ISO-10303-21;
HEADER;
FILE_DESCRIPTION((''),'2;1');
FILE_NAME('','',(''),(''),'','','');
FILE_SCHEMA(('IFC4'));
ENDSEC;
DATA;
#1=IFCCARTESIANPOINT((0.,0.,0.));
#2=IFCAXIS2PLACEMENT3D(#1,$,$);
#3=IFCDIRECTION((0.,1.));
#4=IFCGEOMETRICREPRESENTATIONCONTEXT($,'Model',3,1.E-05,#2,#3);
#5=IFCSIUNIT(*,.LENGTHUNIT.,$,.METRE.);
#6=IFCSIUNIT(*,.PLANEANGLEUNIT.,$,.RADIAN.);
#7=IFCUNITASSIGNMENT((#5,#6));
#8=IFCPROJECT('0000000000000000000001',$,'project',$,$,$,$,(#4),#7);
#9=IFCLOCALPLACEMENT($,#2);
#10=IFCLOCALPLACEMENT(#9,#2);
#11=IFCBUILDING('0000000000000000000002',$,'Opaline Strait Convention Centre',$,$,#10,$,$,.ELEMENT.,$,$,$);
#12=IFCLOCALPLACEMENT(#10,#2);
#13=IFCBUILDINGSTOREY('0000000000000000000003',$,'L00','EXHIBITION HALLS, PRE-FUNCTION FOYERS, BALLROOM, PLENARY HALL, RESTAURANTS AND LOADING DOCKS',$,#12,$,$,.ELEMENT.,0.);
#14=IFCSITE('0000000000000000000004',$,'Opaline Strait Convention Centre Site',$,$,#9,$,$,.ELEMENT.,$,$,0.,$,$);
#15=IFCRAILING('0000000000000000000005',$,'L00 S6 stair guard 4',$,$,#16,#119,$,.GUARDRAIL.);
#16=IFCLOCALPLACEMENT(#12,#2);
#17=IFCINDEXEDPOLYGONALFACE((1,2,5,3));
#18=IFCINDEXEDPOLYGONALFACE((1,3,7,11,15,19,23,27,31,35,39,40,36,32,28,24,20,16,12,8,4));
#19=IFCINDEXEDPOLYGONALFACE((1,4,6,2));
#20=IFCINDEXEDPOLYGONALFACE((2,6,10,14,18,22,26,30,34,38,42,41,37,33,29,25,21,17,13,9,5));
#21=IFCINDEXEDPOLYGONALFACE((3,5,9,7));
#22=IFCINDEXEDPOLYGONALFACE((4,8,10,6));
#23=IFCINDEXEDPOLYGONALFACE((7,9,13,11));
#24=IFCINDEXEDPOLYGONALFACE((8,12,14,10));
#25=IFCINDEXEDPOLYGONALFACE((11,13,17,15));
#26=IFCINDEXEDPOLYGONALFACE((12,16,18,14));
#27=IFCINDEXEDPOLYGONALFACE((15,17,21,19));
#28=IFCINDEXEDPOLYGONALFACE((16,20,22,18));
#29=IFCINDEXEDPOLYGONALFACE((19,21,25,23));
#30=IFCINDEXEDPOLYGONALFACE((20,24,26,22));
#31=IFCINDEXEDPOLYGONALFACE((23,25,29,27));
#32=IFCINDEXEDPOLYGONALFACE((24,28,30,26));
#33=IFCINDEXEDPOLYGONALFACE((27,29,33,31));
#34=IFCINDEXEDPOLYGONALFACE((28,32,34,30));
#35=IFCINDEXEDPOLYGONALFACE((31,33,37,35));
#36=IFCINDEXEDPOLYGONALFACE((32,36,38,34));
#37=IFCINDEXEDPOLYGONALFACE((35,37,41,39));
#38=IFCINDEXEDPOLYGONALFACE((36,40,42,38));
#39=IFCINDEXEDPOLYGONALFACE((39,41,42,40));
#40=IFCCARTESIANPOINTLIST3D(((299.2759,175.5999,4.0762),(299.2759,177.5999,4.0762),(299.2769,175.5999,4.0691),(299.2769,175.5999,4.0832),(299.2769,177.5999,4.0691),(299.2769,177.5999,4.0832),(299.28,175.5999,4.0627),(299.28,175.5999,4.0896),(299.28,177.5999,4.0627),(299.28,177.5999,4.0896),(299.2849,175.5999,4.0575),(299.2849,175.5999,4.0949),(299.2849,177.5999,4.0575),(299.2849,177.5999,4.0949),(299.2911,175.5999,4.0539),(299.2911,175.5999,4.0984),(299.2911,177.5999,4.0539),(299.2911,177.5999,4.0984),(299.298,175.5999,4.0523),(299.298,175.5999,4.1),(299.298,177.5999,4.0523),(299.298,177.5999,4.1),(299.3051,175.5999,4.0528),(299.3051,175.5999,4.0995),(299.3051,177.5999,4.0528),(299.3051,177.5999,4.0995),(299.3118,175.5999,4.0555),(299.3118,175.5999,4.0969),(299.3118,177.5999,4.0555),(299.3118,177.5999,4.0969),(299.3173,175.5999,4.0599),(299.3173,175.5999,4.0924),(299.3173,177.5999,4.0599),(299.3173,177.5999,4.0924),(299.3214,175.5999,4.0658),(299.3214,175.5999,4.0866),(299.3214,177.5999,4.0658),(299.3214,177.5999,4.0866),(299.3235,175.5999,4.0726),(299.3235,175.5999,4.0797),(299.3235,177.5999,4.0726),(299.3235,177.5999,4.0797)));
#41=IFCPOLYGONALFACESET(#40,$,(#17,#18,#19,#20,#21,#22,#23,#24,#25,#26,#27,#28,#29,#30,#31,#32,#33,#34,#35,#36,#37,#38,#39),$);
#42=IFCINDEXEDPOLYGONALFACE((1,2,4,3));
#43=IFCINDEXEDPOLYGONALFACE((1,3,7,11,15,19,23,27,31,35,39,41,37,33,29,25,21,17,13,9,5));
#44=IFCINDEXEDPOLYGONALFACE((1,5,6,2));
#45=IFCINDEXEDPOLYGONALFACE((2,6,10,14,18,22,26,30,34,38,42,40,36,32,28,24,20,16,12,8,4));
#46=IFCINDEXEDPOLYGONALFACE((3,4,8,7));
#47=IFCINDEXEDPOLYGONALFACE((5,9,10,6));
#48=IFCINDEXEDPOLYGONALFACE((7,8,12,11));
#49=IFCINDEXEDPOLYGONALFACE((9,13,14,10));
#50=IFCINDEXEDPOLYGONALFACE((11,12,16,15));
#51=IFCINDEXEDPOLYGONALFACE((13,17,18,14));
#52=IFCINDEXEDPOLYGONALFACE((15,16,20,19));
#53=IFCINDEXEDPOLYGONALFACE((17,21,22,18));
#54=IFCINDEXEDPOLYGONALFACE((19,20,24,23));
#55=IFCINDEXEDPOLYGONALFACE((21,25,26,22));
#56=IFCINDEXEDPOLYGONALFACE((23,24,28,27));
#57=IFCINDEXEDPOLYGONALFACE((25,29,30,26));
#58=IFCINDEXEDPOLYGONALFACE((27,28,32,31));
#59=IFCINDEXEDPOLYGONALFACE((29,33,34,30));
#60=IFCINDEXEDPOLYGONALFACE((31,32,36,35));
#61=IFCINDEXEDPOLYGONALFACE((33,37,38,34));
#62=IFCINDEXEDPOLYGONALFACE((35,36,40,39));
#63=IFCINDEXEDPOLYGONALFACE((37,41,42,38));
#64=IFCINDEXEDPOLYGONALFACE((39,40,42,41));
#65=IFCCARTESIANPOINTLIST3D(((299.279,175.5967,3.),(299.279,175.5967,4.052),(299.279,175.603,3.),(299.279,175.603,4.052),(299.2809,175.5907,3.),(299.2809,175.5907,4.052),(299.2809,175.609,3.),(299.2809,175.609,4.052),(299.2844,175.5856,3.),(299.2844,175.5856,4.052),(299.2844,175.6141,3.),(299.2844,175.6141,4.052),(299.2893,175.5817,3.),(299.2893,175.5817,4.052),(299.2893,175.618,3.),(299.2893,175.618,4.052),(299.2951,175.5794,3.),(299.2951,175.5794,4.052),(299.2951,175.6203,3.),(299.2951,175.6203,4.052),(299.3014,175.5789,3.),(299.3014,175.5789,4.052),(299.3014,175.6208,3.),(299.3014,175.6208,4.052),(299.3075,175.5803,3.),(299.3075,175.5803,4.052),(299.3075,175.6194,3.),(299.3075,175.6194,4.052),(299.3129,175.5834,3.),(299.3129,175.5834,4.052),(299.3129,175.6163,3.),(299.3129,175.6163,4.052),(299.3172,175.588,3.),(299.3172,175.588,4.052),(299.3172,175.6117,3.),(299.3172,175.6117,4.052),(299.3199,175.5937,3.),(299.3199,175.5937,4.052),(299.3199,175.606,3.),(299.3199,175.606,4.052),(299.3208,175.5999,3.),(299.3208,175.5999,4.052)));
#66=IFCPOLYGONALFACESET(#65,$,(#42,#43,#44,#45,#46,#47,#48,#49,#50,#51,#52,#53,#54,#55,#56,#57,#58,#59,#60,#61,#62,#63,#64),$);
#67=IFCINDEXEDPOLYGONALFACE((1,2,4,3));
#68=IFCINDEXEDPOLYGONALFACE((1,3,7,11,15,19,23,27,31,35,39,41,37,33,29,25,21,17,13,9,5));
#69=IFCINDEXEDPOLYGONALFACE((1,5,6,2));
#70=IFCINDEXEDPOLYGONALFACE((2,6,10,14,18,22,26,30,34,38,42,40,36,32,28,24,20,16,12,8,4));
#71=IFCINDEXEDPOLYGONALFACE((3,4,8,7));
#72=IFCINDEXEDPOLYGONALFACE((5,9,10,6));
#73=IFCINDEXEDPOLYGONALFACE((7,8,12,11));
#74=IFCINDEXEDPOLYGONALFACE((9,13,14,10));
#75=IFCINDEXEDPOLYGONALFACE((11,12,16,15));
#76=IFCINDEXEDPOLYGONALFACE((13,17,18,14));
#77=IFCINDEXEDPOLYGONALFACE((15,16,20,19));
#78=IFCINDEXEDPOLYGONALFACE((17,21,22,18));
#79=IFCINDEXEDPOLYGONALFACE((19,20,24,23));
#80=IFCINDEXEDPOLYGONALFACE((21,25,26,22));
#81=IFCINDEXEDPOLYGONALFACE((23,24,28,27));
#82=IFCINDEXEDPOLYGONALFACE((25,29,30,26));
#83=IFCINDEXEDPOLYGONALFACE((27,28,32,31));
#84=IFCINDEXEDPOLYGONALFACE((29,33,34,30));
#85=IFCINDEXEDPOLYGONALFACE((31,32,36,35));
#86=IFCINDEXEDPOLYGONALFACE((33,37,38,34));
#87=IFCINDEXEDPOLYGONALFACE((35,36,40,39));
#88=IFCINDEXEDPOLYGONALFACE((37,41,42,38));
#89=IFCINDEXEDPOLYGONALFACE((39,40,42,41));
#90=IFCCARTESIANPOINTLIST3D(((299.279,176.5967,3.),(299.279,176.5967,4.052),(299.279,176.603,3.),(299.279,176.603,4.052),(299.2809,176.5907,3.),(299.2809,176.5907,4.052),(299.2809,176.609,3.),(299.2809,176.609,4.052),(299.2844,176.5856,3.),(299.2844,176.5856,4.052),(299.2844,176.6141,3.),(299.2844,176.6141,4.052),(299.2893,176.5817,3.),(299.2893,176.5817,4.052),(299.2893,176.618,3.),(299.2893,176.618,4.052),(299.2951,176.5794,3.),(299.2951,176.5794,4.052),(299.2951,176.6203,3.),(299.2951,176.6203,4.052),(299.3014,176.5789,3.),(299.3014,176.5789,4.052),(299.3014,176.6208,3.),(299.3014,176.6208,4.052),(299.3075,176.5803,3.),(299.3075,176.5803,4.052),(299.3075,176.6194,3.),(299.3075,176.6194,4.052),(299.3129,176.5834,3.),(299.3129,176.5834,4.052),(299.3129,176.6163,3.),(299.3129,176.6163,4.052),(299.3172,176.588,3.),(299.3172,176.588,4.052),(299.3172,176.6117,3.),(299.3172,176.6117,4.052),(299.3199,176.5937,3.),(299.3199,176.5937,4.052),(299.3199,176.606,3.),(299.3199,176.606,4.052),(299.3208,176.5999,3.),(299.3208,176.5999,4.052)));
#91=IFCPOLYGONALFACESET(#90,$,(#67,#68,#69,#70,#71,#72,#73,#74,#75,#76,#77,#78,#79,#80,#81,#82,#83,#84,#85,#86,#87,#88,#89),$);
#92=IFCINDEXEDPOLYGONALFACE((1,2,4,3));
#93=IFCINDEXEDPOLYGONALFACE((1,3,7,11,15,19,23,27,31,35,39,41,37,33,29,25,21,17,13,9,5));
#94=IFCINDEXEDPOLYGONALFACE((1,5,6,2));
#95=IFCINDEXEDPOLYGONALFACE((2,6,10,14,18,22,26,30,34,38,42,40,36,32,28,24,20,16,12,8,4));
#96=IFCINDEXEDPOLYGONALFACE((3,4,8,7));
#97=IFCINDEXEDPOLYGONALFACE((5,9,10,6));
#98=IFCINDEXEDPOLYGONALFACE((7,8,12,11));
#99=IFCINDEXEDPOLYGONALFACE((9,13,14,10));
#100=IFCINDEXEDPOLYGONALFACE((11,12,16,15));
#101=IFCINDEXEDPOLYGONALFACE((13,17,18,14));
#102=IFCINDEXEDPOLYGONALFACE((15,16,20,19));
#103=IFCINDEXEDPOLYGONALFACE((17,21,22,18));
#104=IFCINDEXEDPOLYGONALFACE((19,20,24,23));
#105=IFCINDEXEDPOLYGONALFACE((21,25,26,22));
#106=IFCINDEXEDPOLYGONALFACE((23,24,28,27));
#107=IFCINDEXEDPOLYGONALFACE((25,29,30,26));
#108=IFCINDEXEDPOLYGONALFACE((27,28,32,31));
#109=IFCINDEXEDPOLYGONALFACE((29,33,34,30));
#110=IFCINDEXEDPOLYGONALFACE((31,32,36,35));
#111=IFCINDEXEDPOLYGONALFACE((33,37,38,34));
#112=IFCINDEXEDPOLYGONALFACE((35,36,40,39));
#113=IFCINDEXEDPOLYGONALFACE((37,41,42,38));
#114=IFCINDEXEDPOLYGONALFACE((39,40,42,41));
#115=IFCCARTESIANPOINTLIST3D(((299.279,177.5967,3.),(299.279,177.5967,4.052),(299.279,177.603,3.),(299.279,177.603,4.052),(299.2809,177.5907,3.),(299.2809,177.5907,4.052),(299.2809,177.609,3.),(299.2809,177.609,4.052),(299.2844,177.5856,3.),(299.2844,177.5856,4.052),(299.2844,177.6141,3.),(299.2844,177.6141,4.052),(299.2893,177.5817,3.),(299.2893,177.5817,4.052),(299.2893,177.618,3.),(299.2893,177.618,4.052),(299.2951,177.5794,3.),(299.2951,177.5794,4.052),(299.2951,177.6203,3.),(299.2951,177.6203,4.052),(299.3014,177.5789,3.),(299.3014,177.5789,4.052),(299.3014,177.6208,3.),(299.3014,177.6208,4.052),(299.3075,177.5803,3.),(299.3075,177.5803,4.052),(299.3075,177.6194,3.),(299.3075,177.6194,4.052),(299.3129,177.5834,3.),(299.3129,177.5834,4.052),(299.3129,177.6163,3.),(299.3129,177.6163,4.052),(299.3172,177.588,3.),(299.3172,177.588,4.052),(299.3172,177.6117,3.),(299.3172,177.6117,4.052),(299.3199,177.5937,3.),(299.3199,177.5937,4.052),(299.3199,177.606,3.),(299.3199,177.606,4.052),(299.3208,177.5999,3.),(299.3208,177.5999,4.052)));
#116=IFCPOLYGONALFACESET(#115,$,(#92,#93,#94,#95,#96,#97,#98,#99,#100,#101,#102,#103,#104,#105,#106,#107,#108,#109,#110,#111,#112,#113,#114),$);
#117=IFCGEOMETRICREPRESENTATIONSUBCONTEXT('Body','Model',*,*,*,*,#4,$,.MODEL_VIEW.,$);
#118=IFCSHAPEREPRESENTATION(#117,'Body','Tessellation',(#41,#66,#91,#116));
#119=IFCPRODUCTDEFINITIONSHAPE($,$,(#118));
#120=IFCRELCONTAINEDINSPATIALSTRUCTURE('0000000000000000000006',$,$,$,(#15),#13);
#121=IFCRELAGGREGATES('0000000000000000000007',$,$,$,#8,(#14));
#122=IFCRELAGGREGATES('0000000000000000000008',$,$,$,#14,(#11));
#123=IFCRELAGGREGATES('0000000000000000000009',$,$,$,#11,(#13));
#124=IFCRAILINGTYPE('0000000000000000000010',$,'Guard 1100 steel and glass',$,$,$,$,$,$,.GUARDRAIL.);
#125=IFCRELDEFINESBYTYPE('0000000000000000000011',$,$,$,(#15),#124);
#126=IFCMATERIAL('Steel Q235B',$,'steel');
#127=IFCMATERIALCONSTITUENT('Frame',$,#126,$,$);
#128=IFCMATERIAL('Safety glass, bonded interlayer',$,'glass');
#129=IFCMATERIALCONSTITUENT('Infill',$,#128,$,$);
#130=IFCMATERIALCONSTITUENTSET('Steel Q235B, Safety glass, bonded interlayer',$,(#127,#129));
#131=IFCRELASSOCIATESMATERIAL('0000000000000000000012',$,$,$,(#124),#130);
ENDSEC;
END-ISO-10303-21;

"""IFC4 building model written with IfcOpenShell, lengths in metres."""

from ifc_helpers import new_model, si_unit, direction, frame, origin, origin_2d, place, context, subcontext, project, spatial, circle, extrude, material, constituent, constituent_set, type_object, element, save


model = new_model("IFC4")

# Units and contexts
model_context = context("Model", 3, precision=1e-05, world=origin(), true_north=direction((0.0, 1.0)))
body_context = subcontext(model_context, "Body", "Model", "MODEL_VIEW")
ifc_project = project(units=[si_unit("LENGTHUNIT", "METRE"), si_unit("PLANEANGLEUNIT", "RADIAN")], contexts=[model_context])

# Site, building, storey
site_placement = place(None, origin())
site = spatial("IfcSite", under=ifc_project, at=site_placement, Name="Opaline Strait Convention Centre Site", CompositionType="ELEMENT", RefElevation=0.0)
building_placement = place(site_placement, origin())
building = spatial("IfcBuilding", under=site, at=building_placement, Name="Opaline Strait Convention Centre", CompositionType="ELEMENT")
storey_placement = place(building_placement, origin())
storey = spatial("IfcBuildingStorey", under=building, at=storey_placement, Name="L00", Description="EXHIBITION HALLS, PRE-FUNCTION FOYERS, BALLROOM, PLENARY HALL, RESTAURANTS AND LOADING DOCKS", CompositionType="ELEMENT", Elevation=0.0)

# Shared definitions
ifc_material_1 = material(Name="Steel Q235B", Category="steel")

# Railing
ifc_constituent_1 = constituent(ifc_material_1, Name="Frame")
ifc_material_2 = material(Name="Safety glass, bonded interlayer", Category="glass")
ifc_constituent_2 = constituent(ifc_material_2, Name="Infill")
ifc_constituent_set = constituent_set(constituents=[ifc_constituent_1, ifc_constituent_2], Name="Steel Q235B, Safety glass, bonded interlayer")
railing_type_1 = type_object("IfcRailingType", Name="Guard 1100 steel and glass", PredefinedType="GUARDRAIL", material=ifc_constituent_set)
railing_1_placement = place(storey_placement, frame((299.2998, 175.5999, 3.0)))
element("IfcRailing", 1, at=railing_1_placement, inside=storey, type_object=railing_type_1, Name="L00 S6 stair guard 4", PredefinedType="GUARDRAIL", context=body_context, shape_type="SweptSolid", body=[
    extrude(circle(Radius=0.0239, at=origin_2d()), frame((0.0, 0.0, 1.0762), z_axis=(0.0, 1.0, 0.0), x_axis=(-1.0, 0.0, 0.0)), (0.0, 0.0, 1.0), 2.0),
    extrude(circle(Radius=0.021, at=origin_2d()), origin(), (0.0, 0.0, 1.0), 1.052),
    extrude(circle(Radius=0.021, at=origin_2d()), frame((0.0, 1.0, 0.0)), (0.0, 0.0, 1.0), 1.052),
    extrude(circle(Radius=0.021, at=origin_2d()), frame((0.0, 2.0, 0.0)), (0.0, 0.0, 1.0), 1.052),
])

save(model, "model.ifc")
